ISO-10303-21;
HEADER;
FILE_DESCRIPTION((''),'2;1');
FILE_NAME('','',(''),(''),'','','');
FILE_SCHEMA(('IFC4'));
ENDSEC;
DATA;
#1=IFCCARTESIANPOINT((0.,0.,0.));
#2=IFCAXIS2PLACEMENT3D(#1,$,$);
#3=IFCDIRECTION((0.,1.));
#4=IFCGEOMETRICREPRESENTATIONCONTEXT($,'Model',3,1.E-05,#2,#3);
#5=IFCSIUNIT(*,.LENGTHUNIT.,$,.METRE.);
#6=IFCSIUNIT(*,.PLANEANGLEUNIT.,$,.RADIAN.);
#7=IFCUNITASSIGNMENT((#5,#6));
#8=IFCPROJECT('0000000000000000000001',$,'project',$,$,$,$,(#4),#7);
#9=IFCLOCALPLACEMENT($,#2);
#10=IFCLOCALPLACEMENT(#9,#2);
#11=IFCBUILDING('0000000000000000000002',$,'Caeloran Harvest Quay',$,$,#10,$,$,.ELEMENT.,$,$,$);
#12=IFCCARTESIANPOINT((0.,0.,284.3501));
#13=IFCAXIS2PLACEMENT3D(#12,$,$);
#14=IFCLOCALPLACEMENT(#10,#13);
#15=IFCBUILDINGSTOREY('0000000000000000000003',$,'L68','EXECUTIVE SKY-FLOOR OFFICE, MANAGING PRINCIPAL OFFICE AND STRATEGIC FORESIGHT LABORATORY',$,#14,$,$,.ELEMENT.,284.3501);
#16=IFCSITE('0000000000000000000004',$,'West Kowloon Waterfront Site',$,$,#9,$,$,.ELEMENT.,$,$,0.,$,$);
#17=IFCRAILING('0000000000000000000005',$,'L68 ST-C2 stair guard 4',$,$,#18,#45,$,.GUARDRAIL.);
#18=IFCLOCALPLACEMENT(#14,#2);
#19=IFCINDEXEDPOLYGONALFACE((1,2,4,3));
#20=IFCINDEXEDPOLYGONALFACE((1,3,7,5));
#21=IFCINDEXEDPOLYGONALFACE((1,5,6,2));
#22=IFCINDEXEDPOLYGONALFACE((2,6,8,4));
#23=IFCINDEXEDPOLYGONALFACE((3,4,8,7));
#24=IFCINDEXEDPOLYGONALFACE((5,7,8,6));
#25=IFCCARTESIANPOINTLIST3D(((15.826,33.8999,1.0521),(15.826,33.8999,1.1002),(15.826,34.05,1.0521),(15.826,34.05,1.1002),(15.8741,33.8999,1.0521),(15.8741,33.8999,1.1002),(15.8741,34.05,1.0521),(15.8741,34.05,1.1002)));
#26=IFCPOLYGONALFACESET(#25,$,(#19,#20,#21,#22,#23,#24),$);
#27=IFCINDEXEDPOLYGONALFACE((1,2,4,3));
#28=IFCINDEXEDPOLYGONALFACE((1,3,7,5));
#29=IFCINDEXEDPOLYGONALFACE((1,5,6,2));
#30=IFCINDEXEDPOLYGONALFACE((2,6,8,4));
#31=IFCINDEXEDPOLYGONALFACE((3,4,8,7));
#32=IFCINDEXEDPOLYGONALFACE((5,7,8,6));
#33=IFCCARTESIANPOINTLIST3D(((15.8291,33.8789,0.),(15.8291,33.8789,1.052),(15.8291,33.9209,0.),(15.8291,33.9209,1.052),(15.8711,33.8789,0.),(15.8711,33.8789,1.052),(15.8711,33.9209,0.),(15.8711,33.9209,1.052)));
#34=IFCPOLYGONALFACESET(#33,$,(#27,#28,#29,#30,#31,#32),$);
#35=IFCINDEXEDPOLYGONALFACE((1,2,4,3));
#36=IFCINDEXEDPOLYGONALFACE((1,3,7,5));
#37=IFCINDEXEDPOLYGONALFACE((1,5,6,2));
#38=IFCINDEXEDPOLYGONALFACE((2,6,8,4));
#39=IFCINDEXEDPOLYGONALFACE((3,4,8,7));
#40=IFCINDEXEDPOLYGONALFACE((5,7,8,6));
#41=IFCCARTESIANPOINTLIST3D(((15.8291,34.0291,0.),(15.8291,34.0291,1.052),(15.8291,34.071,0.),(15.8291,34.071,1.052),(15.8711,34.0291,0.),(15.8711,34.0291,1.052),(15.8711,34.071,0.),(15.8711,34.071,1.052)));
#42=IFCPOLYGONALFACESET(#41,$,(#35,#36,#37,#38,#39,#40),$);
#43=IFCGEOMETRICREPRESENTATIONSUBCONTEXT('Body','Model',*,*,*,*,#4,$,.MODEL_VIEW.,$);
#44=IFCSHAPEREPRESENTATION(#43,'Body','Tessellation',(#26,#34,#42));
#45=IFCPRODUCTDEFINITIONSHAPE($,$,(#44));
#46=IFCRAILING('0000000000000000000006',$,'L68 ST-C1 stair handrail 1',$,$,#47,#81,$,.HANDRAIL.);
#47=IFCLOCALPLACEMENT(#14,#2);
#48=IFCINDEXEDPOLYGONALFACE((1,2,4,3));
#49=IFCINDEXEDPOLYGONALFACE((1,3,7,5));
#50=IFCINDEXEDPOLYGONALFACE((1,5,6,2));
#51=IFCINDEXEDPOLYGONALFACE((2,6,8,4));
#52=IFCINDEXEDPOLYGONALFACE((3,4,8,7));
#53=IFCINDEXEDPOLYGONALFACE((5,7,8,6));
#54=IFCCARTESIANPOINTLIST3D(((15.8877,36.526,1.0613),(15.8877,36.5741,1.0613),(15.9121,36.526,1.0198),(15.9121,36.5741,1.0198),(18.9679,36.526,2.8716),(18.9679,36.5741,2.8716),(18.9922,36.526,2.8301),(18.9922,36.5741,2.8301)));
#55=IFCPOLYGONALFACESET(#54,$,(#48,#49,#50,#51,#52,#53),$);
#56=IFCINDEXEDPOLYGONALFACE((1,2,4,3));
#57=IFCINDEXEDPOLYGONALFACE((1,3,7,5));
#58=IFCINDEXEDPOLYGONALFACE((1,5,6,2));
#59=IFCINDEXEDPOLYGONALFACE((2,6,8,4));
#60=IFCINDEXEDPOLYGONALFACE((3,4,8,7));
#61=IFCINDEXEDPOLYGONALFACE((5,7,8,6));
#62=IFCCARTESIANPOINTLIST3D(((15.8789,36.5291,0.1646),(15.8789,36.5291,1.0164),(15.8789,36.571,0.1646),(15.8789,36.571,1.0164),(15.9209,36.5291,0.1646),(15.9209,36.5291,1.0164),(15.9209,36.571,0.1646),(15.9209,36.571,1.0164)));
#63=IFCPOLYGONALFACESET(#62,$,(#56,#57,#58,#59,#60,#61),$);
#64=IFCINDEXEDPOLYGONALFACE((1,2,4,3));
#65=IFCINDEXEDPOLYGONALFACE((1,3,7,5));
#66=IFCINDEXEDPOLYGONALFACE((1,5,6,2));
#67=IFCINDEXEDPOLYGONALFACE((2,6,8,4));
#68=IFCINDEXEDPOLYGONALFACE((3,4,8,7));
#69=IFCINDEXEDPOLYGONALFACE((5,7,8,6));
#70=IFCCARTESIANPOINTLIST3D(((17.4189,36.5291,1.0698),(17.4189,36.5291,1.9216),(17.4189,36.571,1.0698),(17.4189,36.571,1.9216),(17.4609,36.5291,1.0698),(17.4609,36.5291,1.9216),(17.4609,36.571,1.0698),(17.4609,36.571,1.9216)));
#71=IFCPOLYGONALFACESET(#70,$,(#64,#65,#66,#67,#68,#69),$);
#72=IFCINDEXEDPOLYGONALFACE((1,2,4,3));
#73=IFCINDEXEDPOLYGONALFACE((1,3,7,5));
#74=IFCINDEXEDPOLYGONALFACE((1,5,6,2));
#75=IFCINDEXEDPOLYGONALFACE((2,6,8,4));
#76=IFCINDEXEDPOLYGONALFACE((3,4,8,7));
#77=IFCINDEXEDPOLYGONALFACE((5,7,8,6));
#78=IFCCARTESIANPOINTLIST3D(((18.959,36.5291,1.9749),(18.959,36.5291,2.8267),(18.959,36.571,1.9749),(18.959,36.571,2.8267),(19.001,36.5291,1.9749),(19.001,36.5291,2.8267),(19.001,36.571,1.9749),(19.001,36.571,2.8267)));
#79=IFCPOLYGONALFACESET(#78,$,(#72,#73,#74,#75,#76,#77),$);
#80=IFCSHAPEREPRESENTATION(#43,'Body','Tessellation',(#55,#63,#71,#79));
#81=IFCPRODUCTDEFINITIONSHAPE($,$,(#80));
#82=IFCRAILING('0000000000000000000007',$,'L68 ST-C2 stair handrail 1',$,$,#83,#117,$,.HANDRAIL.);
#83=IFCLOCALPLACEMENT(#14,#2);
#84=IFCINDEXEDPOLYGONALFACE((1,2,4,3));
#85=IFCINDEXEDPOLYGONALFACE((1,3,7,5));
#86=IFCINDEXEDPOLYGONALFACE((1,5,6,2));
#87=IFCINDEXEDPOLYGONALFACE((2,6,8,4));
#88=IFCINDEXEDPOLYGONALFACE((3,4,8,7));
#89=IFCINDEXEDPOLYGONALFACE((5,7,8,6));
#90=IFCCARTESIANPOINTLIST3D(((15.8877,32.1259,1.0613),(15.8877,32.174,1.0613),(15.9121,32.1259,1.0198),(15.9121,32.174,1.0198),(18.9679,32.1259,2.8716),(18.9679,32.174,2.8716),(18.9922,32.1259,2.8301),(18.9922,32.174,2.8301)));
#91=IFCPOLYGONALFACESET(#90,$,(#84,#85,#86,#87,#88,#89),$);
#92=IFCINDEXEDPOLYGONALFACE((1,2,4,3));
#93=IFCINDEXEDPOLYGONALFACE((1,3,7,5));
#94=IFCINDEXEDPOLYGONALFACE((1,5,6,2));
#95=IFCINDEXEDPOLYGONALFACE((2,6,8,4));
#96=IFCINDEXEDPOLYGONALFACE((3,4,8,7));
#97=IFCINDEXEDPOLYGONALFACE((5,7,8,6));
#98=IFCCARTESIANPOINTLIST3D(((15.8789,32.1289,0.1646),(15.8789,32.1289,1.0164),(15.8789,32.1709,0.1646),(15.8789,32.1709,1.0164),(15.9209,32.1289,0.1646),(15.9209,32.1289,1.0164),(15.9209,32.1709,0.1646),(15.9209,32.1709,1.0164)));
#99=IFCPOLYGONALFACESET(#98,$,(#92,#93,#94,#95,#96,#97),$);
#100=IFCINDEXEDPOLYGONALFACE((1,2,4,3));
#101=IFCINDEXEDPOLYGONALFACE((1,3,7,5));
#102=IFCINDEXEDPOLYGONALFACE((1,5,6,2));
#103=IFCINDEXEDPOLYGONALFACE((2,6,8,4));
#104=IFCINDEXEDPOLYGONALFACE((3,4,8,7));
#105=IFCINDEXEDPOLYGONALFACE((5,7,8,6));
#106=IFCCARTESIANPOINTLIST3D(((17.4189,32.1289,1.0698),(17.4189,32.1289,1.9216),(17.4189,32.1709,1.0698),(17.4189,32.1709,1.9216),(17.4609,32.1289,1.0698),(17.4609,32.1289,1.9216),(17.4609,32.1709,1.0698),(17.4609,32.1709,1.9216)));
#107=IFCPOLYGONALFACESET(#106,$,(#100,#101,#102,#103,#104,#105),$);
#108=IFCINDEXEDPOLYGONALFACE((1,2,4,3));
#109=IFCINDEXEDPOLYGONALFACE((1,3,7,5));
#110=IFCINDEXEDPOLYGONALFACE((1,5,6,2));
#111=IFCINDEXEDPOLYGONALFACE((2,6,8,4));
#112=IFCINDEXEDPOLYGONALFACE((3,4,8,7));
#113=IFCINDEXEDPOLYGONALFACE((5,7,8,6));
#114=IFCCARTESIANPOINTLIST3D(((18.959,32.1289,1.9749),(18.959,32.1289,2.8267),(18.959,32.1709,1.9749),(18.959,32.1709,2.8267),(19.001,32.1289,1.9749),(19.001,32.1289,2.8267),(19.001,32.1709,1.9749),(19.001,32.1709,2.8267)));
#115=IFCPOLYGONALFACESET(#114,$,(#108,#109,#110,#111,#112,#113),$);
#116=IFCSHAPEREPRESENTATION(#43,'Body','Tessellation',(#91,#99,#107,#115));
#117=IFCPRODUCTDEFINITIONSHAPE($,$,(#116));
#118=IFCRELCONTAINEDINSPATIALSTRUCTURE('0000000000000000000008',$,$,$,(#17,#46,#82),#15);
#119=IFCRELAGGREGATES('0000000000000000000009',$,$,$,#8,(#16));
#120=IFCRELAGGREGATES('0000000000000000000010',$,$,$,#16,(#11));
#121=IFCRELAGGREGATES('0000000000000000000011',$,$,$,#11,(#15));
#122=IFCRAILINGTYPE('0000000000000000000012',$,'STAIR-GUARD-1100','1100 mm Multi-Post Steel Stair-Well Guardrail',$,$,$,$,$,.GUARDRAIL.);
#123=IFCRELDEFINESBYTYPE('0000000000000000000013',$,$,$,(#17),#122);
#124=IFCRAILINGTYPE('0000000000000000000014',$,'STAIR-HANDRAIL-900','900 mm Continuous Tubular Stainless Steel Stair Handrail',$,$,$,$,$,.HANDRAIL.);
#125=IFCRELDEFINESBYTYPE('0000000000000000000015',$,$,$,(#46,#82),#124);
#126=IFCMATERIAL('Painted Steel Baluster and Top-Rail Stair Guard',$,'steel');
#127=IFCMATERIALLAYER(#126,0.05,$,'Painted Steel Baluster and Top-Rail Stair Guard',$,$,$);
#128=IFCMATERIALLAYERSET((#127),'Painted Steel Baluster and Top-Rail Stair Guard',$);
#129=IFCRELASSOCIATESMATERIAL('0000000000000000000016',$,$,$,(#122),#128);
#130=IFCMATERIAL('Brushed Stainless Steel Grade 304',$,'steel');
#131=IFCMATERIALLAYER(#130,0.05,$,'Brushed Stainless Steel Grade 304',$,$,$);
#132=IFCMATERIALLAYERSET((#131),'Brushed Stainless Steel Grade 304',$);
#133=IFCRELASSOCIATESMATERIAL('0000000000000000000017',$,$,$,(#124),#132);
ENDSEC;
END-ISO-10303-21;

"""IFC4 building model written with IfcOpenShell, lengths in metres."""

from ifc_helpers import new_model, si_unit, direction, frame, origin, origin_2d, place, context, subcontext, project, spatial, rectangle, extrude, material, layer, layer_set, type_object, element, save


model = new_model("IFC4")

# Units and contexts
model_context = context("Model", 3, precision=1e-05, world=origin(), true_north=direction((0.0, 1.0)))
body_context = subcontext(model_context, "Body", "Model", "MODEL_VIEW")
ifc_project = project(units=[si_unit("LENGTHUNIT", "METRE"), si_unit("PLANEANGLEUNIT", "RADIAN")], contexts=[model_context])

# Site, building, storey
site_placement = place(None, origin())
site = spatial("IfcSite", under=ifc_project, at=site_placement, Name="West Kowloon Waterfront Site", CompositionType="ELEMENT", RefElevation=0.0)
building_placement = place(site_placement, origin())
building = spatial("IfcBuilding", under=site, at=building_placement, Name="Caeloran Harvest Quay", CompositionType="ELEMENT")
storey_placement = place(building_placement, frame((0.0, 0.0, 284.3501)))
storey = spatial("IfcBuildingStorey", under=building, at=storey_placement, Name="L68", Description="EXECUTIVE SKY-FLOOR OFFICE, MANAGING PRINCIPAL OFFICE AND STRATEGIC FORESIGHT LABORATORY", CompositionType="ELEMENT", Elevation=284.3501)

# Railings
ifc_material_1 = material(Name="Painted Steel Baluster and Top-Rail Stair Guard", Category="steel")
ifc_layer_1 = layer(ifc_material_1, 0.05, Name="Painted Steel Baluster and Top-Rail Stair Guard")
ifc_layer_set_1 = layer_set([ifc_layer_1], Name="Painted Steel Baluster and Top-Rail Stair Guard")
railing_type_1 = type_object("IfcRailingType", Name="STAIR-GUARD-1100", Description="1100 mm Multi-Post Steel Stair-Well Guardrail", PredefinedType="GUARDRAIL", material=ifc_layer_set_1)
railing_1_placement = place(storey_placement, frame((15.8501, 33.8999, 0.0)))
element("IfcRailing", 1, at=railing_1_placement, inside=storey, type_object=railing_type_1, Name="L68 ST-C2 stair guard 4", PredefinedType="GUARDRAIL", context=body_context, shape_type="SweptSolid", body=[
    extrude(rectangle(XDim=0.0481, YDim=0.0481, at=origin_2d()), frame((0.0, 0.0, 1.0762), z_axis=(0.0, 1.0, 0.0), x_axis=(-1.0, 0.0, 0.0)), (0.0, 0.0, 1.0), 0.1501),
    extrude(rectangle(XDim=0.042, YDim=0.042, at=origin_2d()), origin(), (0.0, 0.0, 1.0), 1.052),
    extrude(rectangle(XDim=0.042, YDim=0.042, at=origin_2d()), frame((0.0, 0.1501, 0.0)), (0.0, 0.0, 1.0), 1.052),
])
ifc_material_2 = material(Name="Brushed Stainless Steel Grade 304", Category="steel")
ifc_layer_2 = layer(ifc_material_2, 0.05, Name="Brushed Stainless Steel Grade 304")
ifc_layer_set_2 = layer_set([ifc_layer_2], Name="Brushed Stainless Steel Grade 304")
railing_type_2 = type_object("IfcRailingType", Name="STAIR-HANDRAIL-900", Description="900 mm Continuous Tubular Stainless Steel Stair Handrail", PredefinedType="HANDRAIL", material=ifc_layer_set_2)
for number, where, name in (
    (2, (15.8999, 36.55, 0.1646), "L68 ST-C1 stair handrail 1"),
    (3, (15.8999, 32.1499, 0.1646), "L68 ST-C2 stair handrail 1"),
):
    element("IfcRailing", number, at=place(storey_placement, frame(where)), inside=storey, type_object=railing_type_2, Name=name, PredefinedType="HANDRAIL", context=body_context, shape_type="SweptSolid", body=[
        extrude(rectangle(XDim=0.0481, YDim=0.0481, at=origin_2d()), frame((0.0, 0.0, 0.876), z_axis=(0.862119, 0.0, 0.506707), x_axis=(0.0, 1.0, 0.0)), (0.0, 0.0, 1.0), 3.5728),
        extrude(rectangle(XDim=0.042, YDim=0.042, at=origin_2d()), origin(), (0.0, 0.0, 1.0), 0.8518),
        extrude(rectangle(XDim=0.042, YDim=0.042, at=origin_2d()), frame((1.54, 0.0, 0.9053)), (0.0, 0.0, 1.0), 0.8518),
        extrude(rectangle(XDim=0.042, YDim=0.042, at=origin_2d()), frame((3.0801, 0.0, 1.8103)), (0.0, 0.0, 1.0), 0.8518),
    ])

save(model, "model.ifc")
